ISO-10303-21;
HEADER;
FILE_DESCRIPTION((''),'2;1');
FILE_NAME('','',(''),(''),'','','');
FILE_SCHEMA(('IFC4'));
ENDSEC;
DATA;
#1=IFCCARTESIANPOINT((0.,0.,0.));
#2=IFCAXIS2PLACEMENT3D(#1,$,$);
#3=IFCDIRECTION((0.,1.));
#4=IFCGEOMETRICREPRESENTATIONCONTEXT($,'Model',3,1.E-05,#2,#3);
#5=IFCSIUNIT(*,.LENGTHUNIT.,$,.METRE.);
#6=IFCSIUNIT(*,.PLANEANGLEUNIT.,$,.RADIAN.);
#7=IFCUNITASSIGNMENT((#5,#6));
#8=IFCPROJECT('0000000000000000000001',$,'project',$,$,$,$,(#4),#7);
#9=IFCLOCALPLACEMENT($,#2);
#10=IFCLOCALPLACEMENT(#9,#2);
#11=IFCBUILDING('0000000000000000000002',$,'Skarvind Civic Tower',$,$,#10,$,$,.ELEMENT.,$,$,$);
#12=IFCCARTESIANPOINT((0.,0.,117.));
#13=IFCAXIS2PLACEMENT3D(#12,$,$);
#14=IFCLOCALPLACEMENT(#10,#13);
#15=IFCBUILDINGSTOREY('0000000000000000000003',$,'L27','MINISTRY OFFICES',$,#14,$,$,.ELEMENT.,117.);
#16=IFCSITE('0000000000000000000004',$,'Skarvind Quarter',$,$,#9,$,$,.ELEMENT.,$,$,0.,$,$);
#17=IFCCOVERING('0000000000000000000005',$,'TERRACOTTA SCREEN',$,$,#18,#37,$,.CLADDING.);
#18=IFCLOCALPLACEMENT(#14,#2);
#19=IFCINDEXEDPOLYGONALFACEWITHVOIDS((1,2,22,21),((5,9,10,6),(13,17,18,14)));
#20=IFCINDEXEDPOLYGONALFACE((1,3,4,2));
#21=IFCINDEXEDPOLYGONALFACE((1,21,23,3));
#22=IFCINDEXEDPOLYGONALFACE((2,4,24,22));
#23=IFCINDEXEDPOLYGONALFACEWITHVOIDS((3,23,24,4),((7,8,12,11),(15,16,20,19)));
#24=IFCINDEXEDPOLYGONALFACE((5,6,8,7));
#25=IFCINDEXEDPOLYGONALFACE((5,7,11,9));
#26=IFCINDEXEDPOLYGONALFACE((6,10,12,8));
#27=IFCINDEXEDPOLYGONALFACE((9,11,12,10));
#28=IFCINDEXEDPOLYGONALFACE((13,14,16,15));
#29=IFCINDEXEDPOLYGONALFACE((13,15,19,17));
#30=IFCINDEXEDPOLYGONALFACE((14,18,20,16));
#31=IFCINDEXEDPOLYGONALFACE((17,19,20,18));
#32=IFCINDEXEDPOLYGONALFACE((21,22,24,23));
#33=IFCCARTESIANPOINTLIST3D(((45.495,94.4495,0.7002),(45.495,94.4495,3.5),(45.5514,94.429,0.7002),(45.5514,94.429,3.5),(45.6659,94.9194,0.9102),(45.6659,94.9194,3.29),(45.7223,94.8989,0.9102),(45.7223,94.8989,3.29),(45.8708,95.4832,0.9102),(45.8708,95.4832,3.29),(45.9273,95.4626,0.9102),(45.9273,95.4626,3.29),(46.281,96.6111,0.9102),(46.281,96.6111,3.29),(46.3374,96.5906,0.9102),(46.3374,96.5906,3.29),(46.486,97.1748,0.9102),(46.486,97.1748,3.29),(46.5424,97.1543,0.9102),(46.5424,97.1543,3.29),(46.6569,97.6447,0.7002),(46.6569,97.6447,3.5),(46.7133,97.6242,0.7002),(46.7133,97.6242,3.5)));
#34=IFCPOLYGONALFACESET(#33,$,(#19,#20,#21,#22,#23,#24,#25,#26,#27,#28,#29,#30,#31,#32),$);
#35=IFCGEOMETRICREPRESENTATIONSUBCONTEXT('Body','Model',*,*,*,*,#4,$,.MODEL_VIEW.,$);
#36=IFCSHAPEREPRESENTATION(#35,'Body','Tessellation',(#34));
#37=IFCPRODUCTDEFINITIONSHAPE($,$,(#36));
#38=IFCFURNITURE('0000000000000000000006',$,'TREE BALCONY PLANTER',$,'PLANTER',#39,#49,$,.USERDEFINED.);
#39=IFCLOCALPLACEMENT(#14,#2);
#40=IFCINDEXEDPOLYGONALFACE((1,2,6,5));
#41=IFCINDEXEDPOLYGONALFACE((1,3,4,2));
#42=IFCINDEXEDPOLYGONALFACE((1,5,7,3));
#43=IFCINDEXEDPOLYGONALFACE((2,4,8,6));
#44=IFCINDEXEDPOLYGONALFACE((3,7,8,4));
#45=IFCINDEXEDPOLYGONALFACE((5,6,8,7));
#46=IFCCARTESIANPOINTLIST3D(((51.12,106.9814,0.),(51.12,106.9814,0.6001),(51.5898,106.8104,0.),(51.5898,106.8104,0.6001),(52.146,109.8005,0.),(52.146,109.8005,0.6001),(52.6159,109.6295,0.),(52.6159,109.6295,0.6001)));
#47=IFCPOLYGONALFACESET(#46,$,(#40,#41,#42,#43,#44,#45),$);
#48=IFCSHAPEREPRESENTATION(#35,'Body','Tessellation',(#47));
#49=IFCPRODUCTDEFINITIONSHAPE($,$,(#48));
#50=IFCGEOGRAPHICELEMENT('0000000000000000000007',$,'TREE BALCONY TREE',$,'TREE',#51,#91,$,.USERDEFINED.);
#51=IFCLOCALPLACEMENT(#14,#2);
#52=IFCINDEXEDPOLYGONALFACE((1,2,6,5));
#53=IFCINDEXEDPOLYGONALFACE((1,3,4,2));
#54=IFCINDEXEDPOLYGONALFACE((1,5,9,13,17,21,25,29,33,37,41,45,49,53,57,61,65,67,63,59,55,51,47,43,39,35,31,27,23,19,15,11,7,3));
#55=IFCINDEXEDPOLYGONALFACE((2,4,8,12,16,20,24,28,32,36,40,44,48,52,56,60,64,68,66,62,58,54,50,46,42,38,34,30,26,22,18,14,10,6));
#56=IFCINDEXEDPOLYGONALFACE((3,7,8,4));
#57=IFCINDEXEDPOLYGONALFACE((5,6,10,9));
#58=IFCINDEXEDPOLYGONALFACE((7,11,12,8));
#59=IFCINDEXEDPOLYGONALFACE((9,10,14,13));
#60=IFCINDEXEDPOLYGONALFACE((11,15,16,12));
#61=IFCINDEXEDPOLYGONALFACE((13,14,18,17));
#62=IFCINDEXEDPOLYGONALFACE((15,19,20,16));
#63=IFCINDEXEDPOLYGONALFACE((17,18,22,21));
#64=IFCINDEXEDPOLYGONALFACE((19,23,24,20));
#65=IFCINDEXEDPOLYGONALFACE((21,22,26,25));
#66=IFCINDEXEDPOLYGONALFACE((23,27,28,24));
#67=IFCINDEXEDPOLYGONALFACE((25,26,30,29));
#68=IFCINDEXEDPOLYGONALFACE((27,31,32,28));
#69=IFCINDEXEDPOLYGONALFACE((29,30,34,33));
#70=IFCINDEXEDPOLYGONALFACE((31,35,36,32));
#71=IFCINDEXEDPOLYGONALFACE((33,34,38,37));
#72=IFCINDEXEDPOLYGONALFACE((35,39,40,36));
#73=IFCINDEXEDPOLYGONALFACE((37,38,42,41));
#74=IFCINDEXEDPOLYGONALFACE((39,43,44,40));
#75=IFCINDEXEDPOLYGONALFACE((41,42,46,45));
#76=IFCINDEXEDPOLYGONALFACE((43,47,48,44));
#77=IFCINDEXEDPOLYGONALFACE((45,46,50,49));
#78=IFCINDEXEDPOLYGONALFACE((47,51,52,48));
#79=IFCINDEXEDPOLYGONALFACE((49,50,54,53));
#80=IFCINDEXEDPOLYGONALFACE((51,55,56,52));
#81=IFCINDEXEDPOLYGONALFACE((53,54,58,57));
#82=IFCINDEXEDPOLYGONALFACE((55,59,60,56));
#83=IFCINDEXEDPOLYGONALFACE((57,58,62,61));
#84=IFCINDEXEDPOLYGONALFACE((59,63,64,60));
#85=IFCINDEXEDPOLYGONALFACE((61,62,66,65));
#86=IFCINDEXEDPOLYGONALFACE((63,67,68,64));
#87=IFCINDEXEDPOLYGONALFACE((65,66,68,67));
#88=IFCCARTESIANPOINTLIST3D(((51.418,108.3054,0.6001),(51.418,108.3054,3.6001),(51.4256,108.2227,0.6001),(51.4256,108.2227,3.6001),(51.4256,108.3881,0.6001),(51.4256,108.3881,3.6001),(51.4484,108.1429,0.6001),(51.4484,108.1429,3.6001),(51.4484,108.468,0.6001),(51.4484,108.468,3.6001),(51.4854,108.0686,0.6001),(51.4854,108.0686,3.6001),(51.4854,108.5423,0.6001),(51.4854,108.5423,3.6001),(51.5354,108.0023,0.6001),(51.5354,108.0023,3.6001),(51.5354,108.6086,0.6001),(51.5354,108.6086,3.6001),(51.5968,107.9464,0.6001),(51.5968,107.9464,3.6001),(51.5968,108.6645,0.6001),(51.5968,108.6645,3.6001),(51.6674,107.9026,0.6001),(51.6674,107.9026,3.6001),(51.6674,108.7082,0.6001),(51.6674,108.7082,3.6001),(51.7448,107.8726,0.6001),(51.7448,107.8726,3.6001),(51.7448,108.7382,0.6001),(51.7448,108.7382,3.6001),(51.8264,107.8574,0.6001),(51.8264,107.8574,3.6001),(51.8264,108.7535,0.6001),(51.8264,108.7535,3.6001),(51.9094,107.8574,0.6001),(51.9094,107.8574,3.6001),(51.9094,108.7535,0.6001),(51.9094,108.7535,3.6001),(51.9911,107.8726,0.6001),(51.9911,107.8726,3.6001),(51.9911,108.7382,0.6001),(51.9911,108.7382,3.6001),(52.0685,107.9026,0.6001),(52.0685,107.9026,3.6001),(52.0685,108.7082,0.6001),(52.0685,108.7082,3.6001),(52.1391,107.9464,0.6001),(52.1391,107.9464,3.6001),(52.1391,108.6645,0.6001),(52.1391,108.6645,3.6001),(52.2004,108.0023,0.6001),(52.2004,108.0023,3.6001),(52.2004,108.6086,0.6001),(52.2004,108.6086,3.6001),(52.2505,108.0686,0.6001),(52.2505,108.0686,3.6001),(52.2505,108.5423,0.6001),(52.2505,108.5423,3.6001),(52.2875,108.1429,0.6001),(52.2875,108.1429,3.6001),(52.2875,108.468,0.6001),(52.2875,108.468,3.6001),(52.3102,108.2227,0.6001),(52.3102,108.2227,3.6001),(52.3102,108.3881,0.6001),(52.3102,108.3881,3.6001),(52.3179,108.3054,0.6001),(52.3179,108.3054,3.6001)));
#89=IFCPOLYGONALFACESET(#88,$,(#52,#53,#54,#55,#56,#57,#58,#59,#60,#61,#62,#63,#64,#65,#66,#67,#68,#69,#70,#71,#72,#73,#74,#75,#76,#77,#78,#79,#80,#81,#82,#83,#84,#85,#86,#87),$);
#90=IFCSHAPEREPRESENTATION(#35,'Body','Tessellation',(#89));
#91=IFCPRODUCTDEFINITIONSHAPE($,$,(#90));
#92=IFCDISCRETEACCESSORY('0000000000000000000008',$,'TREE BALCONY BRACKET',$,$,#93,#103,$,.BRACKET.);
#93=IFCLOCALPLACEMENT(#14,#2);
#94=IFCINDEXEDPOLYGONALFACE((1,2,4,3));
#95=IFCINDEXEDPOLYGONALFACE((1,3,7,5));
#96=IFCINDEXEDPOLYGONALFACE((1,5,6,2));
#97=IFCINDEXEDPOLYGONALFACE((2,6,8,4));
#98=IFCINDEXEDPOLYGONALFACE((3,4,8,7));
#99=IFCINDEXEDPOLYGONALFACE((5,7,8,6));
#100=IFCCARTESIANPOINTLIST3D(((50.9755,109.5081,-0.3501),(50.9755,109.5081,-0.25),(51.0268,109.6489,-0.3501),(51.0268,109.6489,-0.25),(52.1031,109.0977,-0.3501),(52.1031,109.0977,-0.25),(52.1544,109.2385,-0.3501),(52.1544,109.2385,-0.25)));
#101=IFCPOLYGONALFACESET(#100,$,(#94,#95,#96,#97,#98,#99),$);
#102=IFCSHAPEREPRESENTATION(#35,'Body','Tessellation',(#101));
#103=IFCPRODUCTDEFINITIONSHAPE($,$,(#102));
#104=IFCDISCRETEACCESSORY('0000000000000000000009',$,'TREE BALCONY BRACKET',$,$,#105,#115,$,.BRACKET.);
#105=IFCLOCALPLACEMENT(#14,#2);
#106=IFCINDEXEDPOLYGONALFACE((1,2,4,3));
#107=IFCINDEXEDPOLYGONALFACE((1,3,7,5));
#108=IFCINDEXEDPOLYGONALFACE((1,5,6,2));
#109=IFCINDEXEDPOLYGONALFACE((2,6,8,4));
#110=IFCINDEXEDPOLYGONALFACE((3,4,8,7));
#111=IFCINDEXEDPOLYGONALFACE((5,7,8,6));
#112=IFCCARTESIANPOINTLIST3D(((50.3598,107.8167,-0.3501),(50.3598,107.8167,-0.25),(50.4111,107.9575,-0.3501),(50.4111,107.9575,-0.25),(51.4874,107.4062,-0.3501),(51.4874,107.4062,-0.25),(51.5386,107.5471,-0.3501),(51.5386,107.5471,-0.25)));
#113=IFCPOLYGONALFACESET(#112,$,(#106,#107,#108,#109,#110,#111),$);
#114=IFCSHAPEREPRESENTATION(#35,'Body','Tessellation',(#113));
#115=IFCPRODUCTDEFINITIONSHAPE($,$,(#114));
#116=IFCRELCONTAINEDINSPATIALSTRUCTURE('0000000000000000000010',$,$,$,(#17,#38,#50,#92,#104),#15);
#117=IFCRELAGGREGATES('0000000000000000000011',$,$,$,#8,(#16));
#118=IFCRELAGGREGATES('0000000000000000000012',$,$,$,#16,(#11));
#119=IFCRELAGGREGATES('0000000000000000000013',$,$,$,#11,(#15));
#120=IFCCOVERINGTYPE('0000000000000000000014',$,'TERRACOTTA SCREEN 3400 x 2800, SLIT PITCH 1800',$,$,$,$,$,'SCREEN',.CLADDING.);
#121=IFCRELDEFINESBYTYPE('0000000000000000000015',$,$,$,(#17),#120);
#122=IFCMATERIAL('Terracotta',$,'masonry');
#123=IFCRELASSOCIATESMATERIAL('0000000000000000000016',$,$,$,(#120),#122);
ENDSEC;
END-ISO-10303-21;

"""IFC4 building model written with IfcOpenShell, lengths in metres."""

from ifc_helpers import new_model, si_unit, direction, frame, origin, origin_2d, place, context, subcontext, project, spatial, polyline, rectangle, circle, outline, extrude, material, material_profile, profile_set, type_object, element, save


model = new_model("IFC4")

# Units and contexts
model_context = context("Model", 3, precision=1e-05, world=origin(), true_north=direction((0.0, 1.0)))
body_context = subcontext(model_context, "Body", "Model", "MODEL_VIEW")
ifc_project = project(units=[si_unit("LENGTHUNIT", "METRE"), si_unit("PLANEANGLEUNIT", "RADIAN")], contexts=[model_context])

# Site, building, storey
site_placement = place(None, origin())
site = spatial("IfcSite", under=ifc_project, at=site_placement, Name="Skarvind Quarter", CompositionType="ELEMENT", RefElevation=0.0)
building_placement = place(site_placement, origin())
building = spatial("IfcBuilding", under=site, at=building_placement, Name="Skarvind Civic Tower", CompositionType="ELEMENT")
storey_placement = place(building_placement, frame((0.0, 0.0, 117.0)))
storey = spatial("IfcBuildingStorey", under=building, at=storey_placement, Name="L27", Description="MINISTRY OFFICES", CompositionType="ELEMENT", Elevation=117.0)

# Covering
ifc_material_1 = material(Name="Terracotta", Category="masonry")
ifc_material_profile_1 = material_profile(ifc_material_1, outline(polyline([(-1.7, -1.3999), (1.7, -1.3999), (1.7, 1.3999), (-1.7, 1.3999), (-1.7, -1.3999)]), holes=[polyline([(-1.2, -1.1899), (-0.6001, -1.1899), (-0.6001, 1.1899), (-1.2, 1.1899), (-1.2, -1.1899)]), polyline([(0.6001, -1.1899), (1.2, -1.1899), (1.2, 1.1899), (0.6001, 1.1899), (0.6001, -1.1899)])]), Name="TERRACOTTA SCREEN 3400 x 2800, SLIT PITCH 1800")
ifc_profile_set_1 = profile_set([ifc_material_profile_1], Name="Terracotta")
covering_type = type_object("IfcCoveringType", Name="TERRACOTTA SCREEN 3400 x 2800, SLIT PITCH 1800", ElementType="SCREEN", PredefinedType="CLADDING", material=ifc_profile_set_1)
covering_placement = place(storey_placement, frame((46.0759, 96.0471, 2.1001), z_axis=(0.939793, -0.341743, 0.0), x_axis=(0.341743, 0.939793, 0.0)))
element("IfcCovering", 1, at=covering_placement, inside=storey, type_object=covering_type, Name="TERRACOTTA SCREEN", PredefinedType="CLADDING", context=body_context, shape_type="SweptSolid", body=[
    extrude(outline(polyline([(-1.7, -1.3999), (1.7, -1.3999), (1.7, 1.3999), (-1.7, 1.3999), (-1.7, -1.3999)]), holes=[polyline([(-1.2, -1.1899), (-0.6001, -1.1899), (-0.6001, 1.1899), (-1.2, 1.1899), (-1.2, -1.1899)]), polyline([(0.6001, -1.1899), (1.2, -1.1899), (1.2, 1.1899), (0.6001, 1.1899), (0.6001, -1.1899)])]), origin(), (0.0, 0.0, 1.0), 0.0601),
])

# Furniture
furniture_placement = place(storey_placement, frame((51.8679, 108.3054, 0.0), z_axis=(0.0, 0.0, 1.0), x_axis=(-0.34202, -0.939693, 0.0)))
element("IfcFurniture", 2, at=furniture_placement, inside=storey, Name="TREE BALCONY PLANTER", ObjectType="PLANTER", PredefinedType="USERDEFINED", context=body_context, shape_type="SweptSolid", body=[
    extrude(rectangle(XDim=3.0, YDim=0.5, at=origin_2d()), origin(), (0.0, 0.0, 1.0), 0.6001),
])

# Geographic element
geographic_element_placement = place(storey_placement, frame((51.8679, 108.3054, 0.6001), z_axis=(0.0, 0.0, 1.0), x_axis=(1.0, 0.0, 0.0)))
element("IfcGeographicElement", 3, at=geographic_element_placement, inside=storey, Name="TREE BALCONY TREE", ObjectType="TREE", PredefinedType="USERDEFINED", context=body_context, shape_type="SweptSolid", body=[
    extrude(circle(Radius=0.45, at=origin_2d()), origin(), (0.0, 0.0, 1.0), 3.0),
])

# Discrete accessories
for number, where, z_axis, x_axis, name in (
    (4, (51.5649, 109.3733, -0.3501), (0.0, 0.0, 1.0), (-0.34202, -0.939693, 0.0), "TREE BALCONY BRACKET"),
    (5, (50.9492, 107.6819, -0.3501), (0.0, 0.0, 1.0), (-0.34202, -0.939693, 0.0), "TREE BALCONY BRACKET"),
):
    element("IfcDiscreteAccessory", number, at=place(storey_placement, frame(where, z_axis=z_axis, x_axis=x_axis)), inside=storey, Name=name, PredefinedType="BRACKET", context=body_context, shape_type="SweptSolid", body=[
        extrude(rectangle(XDim=0.1499, YDim=1.2, at=origin_2d()), origin(), (0.0, 0.0, 1.0), 0.1001),
    ])

save(model, "model.ifc")
